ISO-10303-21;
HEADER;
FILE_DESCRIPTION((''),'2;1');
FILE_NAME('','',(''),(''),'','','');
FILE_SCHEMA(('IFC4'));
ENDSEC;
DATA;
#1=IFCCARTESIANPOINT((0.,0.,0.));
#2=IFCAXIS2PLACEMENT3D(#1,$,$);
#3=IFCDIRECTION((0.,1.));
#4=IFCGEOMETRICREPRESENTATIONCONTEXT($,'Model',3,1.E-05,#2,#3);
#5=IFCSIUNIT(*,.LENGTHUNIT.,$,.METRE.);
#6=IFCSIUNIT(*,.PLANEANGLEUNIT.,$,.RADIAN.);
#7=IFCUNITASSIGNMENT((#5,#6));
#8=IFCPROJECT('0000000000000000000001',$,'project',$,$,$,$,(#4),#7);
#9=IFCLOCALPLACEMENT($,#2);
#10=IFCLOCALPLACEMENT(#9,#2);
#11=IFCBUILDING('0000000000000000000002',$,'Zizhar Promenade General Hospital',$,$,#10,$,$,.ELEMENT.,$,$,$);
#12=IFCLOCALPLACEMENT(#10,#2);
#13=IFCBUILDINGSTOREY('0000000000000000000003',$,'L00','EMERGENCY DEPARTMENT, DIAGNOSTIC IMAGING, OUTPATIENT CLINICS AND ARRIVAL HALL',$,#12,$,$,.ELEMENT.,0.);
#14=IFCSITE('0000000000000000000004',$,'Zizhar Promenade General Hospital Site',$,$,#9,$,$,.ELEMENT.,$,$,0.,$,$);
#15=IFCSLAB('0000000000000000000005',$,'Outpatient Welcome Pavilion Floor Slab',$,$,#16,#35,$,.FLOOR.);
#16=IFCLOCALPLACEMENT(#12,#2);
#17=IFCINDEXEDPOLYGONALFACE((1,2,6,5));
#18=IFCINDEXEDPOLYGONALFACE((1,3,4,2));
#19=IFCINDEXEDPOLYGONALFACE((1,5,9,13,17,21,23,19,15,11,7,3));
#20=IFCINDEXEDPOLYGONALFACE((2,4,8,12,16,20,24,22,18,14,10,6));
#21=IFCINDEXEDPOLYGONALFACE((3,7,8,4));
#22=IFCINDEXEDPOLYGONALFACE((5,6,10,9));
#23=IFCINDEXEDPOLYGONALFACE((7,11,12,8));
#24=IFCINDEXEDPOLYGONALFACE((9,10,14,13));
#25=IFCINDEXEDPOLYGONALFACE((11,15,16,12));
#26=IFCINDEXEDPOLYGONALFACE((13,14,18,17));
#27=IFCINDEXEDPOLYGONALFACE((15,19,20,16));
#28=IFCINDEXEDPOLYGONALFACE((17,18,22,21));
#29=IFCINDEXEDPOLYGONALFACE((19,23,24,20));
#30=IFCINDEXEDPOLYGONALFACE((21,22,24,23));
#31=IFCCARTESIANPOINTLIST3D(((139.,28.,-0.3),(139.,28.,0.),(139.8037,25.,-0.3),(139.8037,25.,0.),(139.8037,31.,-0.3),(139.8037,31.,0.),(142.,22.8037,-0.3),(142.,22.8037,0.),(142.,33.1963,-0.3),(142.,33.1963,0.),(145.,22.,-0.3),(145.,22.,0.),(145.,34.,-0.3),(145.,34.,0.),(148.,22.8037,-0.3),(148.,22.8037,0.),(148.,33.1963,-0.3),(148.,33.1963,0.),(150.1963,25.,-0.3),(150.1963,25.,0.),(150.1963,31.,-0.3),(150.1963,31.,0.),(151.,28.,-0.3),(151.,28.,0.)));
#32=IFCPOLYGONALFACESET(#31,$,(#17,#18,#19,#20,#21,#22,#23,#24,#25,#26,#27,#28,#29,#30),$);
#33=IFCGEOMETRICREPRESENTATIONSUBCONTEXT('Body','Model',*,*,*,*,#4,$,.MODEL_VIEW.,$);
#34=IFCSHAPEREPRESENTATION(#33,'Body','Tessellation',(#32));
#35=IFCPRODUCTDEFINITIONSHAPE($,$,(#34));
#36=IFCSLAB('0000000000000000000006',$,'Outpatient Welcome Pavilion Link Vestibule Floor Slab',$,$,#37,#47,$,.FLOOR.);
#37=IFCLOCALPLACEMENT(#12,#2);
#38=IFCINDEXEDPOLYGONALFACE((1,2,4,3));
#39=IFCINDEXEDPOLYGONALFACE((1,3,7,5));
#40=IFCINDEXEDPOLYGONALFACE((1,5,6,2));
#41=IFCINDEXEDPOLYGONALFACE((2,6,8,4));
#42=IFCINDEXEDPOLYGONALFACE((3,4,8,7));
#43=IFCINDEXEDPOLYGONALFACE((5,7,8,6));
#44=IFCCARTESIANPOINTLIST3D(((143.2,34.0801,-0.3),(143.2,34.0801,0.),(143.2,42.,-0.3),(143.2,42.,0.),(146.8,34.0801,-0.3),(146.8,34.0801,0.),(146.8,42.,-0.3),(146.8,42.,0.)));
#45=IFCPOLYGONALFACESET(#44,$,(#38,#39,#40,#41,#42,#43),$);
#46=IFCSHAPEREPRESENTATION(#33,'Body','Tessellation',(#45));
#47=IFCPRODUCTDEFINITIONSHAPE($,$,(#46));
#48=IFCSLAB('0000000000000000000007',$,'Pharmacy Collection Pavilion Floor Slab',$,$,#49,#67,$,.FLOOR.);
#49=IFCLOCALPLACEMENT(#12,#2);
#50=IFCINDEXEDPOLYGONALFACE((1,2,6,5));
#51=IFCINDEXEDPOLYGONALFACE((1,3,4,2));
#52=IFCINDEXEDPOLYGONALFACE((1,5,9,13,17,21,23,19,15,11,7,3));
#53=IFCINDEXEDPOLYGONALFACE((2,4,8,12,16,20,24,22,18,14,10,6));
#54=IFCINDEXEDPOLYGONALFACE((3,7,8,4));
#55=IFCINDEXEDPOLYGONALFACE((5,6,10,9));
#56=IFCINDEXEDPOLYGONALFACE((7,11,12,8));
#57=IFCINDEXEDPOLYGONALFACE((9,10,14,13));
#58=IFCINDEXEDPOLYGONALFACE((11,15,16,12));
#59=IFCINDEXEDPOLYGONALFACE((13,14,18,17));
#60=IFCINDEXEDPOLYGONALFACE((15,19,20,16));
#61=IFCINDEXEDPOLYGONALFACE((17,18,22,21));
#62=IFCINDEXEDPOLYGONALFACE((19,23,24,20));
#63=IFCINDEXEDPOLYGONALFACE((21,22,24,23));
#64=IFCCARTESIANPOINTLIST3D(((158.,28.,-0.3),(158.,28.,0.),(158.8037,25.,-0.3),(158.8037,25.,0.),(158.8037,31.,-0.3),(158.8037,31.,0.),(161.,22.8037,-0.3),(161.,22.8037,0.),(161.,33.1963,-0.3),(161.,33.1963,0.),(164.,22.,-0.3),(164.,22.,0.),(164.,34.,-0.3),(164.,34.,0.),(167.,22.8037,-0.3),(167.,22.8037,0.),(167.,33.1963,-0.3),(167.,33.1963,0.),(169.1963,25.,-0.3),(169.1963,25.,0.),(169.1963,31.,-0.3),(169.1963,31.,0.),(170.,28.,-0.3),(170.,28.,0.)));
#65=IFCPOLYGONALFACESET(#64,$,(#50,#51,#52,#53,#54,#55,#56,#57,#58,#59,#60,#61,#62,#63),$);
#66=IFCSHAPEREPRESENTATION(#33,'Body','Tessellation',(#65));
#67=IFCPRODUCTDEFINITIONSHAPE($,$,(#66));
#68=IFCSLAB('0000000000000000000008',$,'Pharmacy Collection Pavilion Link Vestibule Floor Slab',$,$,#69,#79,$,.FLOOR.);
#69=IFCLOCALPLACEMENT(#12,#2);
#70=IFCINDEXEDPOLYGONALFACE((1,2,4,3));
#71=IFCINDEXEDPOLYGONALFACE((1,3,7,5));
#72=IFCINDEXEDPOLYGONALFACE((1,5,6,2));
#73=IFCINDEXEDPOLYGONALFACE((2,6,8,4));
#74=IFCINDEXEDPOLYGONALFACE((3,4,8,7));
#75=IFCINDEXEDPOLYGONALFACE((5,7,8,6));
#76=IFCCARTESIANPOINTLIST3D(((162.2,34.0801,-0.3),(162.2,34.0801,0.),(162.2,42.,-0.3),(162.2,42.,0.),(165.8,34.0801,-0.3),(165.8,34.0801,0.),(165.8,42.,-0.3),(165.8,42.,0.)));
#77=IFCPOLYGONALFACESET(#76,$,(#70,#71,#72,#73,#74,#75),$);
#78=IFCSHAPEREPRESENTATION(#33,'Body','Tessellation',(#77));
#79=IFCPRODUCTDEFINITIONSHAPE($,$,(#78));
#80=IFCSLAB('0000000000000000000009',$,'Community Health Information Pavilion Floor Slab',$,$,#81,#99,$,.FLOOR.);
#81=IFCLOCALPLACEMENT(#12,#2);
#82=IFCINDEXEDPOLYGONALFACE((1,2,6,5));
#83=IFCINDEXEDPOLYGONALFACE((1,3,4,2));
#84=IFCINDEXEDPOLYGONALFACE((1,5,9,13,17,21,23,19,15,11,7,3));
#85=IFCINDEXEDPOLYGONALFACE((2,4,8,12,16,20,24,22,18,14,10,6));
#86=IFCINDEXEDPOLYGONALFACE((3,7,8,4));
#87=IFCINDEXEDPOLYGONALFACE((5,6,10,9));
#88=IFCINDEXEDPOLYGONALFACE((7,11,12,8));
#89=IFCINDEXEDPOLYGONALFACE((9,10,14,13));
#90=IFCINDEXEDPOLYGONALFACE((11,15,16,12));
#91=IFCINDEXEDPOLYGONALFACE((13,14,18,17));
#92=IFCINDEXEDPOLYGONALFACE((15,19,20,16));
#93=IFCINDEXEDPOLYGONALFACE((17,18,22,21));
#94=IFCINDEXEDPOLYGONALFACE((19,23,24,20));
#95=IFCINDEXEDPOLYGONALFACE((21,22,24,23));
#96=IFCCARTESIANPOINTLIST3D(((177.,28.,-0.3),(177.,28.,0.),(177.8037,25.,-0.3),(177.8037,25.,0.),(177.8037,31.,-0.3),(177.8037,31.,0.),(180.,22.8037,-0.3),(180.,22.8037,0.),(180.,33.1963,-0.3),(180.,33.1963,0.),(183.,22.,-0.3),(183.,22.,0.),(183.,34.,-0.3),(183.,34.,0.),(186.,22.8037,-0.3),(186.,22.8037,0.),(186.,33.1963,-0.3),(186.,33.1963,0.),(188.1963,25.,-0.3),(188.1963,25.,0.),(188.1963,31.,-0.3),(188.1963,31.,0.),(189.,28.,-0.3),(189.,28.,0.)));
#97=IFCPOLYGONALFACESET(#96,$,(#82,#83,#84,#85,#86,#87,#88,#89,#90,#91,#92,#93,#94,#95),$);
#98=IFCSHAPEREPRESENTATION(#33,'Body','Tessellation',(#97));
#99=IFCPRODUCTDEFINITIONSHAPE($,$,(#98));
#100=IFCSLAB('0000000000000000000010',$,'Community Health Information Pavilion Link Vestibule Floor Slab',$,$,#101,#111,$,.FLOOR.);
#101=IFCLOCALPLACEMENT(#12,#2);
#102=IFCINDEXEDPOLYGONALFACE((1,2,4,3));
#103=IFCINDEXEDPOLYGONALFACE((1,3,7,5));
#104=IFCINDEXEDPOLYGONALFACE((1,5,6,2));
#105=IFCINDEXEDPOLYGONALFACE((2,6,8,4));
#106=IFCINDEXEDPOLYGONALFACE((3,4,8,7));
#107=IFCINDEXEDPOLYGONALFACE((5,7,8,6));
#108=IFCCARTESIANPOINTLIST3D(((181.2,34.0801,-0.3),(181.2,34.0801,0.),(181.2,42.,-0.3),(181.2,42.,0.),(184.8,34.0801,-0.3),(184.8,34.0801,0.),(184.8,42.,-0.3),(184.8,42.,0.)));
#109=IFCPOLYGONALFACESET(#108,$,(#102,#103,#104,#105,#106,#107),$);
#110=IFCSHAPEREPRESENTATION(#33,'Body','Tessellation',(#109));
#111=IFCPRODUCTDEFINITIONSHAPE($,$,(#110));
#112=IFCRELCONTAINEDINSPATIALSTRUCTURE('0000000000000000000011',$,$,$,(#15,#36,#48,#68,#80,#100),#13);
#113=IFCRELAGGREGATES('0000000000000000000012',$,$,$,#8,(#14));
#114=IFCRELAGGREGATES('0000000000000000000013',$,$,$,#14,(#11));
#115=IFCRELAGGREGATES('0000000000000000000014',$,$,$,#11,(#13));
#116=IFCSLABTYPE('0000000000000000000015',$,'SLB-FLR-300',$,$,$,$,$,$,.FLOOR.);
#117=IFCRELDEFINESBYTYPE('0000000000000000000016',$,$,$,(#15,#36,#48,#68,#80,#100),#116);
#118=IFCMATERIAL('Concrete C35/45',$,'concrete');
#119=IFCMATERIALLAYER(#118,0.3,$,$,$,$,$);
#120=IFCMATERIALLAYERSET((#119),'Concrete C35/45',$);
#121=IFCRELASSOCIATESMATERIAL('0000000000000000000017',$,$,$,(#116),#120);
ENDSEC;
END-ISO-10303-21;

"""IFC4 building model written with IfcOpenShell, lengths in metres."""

from ifc_helpers import new_model, si_unit, direction, frame, origin, place, context, subcontext, project, spatial, polyline, outline, extrude, material, layer, layer_set, type_object, element, save


model = new_model("IFC4")

# Units and contexts
model_context = context("Model", 3, precision=1e-05, world=origin(), true_north=direction((0.0, 1.0)))
body_context = subcontext(model_context, "Body", "Model", "MODEL_VIEW")
ifc_project = project(units=[si_unit("LENGTHUNIT", "METRE"), si_unit("PLANEANGLEUNIT", "RADIAN")], contexts=[model_context])

# Site, building, storey
site_placement = place(None, origin())
site = spatial("IfcSite", under=ifc_project, at=site_placement, Name="Zizhar Promenade General Hospital Site", CompositionType="ELEMENT", RefElevation=0.0)
building_placement = place(site_placement, origin())
building = spatial("IfcBuilding", under=site, at=building_placement, Name="Zizhar Promenade General Hospital", CompositionType="ELEMENT")
storey_placement = place(building_placement, origin())
storey = spatial("IfcBuildingStorey", under=building, at=storey_placement, Name="L00", Description="EMERGENCY DEPARTMENT, DIAGNOSTIC IMAGING, OUTPATIENT CLINICS AND ARRIVAL HALL", CompositionType="ELEMENT", Elevation=0.0)

# Slabs
ifc_material_1 = material(Name="Concrete C35/45", Category="concrete")
ifc_layer_1 = layer(ifc_material_1, 0.3)
ifc_layer_set_1 = layer_set([ifc_layer_1], Name="Concrete C35/45")
slab_type_1 = type_object("IfcSlabType", Name="SLB-FLR-300", PredefinedType="FLOOR", material=ifc_layer_set_1)
slab_1_placement = place(storey_placement, frame((0.0, 0.0, -0.3)))
element("IfcSlab", 1, at=slab_1_placement, inside=storey, type_object=slab_type_1, Name="Outpatient Welcome Pavilion Floor Slab", PredefinedType="FLOOR", context=body_context, shape_type="SweptSolid", body=[
    extrude(outline(polyline([(151.0, 28.0), (150.1963, 31.0), (148.0, 33.1963), (145.0, 34.0), (142.0, 33.1963), (139.8037, 31.0), (139.0, 28.0), (139.8037, 25.0), (142.0, 22.8037), (145.0, 22.0), (148.0, 22.8037), (150.1963, 25.0), (151.0, 28.0)])), origin(), (0.0, 0.0, 1.0), 0.3),
])
slab_2_placement = place(storey_placement, frame((0.0, 0.0, -0.3)))
element("IfcSlab", 2, at=slab_2_placement, inside=storey, type_object=slab_type_1, Name="Outpatient Welcome Pavilion Link Vestibule Floor Slab", PredefinedType="FLOOR", context=body_context, shape_type="SweptSolid", body=[
    extrude(outline(polyline([(143.2, 34.0801), (146.8, 34.0801), (146.8, 42.0), (143.2, 42.0), (143.2, 34.0801)])), origin(), (0.0, 0.0, 1.0), 0.3),
])
slab_3_placement = place(storey_placement, frame((0.0, 0.0, -0.3)))
element("IfcSlab", 3, at=slab_3_placement, inside=storey, type_object=slab_type_1, Name="Pharmacy Collection Pavilion Floor Slab", PredefinedType="FLOOR", context=body_context, shape_type="SweptSolid", body=[
    extrude(outline(polyline([(170.0, 28.0), (169.1963, 31.0), (167.0, 33.1963), (164.0, 34.0), (161.0, 33.1963), (158.8037, 31.0), (158.0, 28.0), (158.8037, 25.0), (161.0, 22.8037), (164.0, 22.0), (167.0, 22.8037), (169.1963, 25.0), (170.0, 28.0)])), origin(), (0.0, 0.0, 1.0), 0.3),
])
slab_4_placement = place(storey_placement, frame((0.0, 0.0, -0.3)))
element("IfcSlab", 4, at=slab_4_placement, inside=storey, type_object=slab_type_1, Name="Pharmacy Collection Pavilion Link Vestibule Floor Slab", PredefinedType="FLOOR", context=body_context, shape_type="SweptSolid", body=[
    extrude(outline(polyline([(162.2, 34.0801), (165.8, 34.0801), (165.8, 42.0), (162.2, 42.0), (162.2, 34.0801)])), origin(), (0.0, 0.0, 1.0), 0.3),
])
slab_5_placement = place(storey_placement, frame((0.0, 0.0, -0.3)))
element("IfcSlab", 5, at=slab_5_placement, inside=storey, type_object=slab_type_1, Name="Community Health Information Pavilion Floor Slab", PredefinedType="FLOOR", context=body_context, shape_type="SweptSolid", body=[
    extrude(outline(polyline([(189.0, 28.0), (188.1963, 31.0), (186.0, 33.1963), (183.0, 34.0), (180.0, 33.1963), (177.8037, 31.0), (177.0, 28.0), (177.8037, 25.0), (180.0, 22.8037), (183.0, 22.0), (186.0, 22.8037), (188.1963, 25.0), (189.0, 28.0)])), origin(), (0.0, 0.0, 1.0), 0.3),
])
slab_6_placement = place(storey_placement, frame((0.0, 0.0, -0.3)))
element("IfcSlab", 6, at=slab_6_placement, inside=storey, type_object=slab_type_1, Name="Community Health Information Pavilion Link Vestibule Floor Slab", PredefinedType="FLOOR", context=body_context, shape_type="SweptSolid", body=[
    extrude(outline(polyline([(181.2, 34.0801), (184.8, 34.0801), (184.8, 42.0), (181.2, 42.0), (181.2, 34.0801)])), origin(), (0.0, 0.0, 1.0), 0.3),
])

save(model, "model.ifc")
